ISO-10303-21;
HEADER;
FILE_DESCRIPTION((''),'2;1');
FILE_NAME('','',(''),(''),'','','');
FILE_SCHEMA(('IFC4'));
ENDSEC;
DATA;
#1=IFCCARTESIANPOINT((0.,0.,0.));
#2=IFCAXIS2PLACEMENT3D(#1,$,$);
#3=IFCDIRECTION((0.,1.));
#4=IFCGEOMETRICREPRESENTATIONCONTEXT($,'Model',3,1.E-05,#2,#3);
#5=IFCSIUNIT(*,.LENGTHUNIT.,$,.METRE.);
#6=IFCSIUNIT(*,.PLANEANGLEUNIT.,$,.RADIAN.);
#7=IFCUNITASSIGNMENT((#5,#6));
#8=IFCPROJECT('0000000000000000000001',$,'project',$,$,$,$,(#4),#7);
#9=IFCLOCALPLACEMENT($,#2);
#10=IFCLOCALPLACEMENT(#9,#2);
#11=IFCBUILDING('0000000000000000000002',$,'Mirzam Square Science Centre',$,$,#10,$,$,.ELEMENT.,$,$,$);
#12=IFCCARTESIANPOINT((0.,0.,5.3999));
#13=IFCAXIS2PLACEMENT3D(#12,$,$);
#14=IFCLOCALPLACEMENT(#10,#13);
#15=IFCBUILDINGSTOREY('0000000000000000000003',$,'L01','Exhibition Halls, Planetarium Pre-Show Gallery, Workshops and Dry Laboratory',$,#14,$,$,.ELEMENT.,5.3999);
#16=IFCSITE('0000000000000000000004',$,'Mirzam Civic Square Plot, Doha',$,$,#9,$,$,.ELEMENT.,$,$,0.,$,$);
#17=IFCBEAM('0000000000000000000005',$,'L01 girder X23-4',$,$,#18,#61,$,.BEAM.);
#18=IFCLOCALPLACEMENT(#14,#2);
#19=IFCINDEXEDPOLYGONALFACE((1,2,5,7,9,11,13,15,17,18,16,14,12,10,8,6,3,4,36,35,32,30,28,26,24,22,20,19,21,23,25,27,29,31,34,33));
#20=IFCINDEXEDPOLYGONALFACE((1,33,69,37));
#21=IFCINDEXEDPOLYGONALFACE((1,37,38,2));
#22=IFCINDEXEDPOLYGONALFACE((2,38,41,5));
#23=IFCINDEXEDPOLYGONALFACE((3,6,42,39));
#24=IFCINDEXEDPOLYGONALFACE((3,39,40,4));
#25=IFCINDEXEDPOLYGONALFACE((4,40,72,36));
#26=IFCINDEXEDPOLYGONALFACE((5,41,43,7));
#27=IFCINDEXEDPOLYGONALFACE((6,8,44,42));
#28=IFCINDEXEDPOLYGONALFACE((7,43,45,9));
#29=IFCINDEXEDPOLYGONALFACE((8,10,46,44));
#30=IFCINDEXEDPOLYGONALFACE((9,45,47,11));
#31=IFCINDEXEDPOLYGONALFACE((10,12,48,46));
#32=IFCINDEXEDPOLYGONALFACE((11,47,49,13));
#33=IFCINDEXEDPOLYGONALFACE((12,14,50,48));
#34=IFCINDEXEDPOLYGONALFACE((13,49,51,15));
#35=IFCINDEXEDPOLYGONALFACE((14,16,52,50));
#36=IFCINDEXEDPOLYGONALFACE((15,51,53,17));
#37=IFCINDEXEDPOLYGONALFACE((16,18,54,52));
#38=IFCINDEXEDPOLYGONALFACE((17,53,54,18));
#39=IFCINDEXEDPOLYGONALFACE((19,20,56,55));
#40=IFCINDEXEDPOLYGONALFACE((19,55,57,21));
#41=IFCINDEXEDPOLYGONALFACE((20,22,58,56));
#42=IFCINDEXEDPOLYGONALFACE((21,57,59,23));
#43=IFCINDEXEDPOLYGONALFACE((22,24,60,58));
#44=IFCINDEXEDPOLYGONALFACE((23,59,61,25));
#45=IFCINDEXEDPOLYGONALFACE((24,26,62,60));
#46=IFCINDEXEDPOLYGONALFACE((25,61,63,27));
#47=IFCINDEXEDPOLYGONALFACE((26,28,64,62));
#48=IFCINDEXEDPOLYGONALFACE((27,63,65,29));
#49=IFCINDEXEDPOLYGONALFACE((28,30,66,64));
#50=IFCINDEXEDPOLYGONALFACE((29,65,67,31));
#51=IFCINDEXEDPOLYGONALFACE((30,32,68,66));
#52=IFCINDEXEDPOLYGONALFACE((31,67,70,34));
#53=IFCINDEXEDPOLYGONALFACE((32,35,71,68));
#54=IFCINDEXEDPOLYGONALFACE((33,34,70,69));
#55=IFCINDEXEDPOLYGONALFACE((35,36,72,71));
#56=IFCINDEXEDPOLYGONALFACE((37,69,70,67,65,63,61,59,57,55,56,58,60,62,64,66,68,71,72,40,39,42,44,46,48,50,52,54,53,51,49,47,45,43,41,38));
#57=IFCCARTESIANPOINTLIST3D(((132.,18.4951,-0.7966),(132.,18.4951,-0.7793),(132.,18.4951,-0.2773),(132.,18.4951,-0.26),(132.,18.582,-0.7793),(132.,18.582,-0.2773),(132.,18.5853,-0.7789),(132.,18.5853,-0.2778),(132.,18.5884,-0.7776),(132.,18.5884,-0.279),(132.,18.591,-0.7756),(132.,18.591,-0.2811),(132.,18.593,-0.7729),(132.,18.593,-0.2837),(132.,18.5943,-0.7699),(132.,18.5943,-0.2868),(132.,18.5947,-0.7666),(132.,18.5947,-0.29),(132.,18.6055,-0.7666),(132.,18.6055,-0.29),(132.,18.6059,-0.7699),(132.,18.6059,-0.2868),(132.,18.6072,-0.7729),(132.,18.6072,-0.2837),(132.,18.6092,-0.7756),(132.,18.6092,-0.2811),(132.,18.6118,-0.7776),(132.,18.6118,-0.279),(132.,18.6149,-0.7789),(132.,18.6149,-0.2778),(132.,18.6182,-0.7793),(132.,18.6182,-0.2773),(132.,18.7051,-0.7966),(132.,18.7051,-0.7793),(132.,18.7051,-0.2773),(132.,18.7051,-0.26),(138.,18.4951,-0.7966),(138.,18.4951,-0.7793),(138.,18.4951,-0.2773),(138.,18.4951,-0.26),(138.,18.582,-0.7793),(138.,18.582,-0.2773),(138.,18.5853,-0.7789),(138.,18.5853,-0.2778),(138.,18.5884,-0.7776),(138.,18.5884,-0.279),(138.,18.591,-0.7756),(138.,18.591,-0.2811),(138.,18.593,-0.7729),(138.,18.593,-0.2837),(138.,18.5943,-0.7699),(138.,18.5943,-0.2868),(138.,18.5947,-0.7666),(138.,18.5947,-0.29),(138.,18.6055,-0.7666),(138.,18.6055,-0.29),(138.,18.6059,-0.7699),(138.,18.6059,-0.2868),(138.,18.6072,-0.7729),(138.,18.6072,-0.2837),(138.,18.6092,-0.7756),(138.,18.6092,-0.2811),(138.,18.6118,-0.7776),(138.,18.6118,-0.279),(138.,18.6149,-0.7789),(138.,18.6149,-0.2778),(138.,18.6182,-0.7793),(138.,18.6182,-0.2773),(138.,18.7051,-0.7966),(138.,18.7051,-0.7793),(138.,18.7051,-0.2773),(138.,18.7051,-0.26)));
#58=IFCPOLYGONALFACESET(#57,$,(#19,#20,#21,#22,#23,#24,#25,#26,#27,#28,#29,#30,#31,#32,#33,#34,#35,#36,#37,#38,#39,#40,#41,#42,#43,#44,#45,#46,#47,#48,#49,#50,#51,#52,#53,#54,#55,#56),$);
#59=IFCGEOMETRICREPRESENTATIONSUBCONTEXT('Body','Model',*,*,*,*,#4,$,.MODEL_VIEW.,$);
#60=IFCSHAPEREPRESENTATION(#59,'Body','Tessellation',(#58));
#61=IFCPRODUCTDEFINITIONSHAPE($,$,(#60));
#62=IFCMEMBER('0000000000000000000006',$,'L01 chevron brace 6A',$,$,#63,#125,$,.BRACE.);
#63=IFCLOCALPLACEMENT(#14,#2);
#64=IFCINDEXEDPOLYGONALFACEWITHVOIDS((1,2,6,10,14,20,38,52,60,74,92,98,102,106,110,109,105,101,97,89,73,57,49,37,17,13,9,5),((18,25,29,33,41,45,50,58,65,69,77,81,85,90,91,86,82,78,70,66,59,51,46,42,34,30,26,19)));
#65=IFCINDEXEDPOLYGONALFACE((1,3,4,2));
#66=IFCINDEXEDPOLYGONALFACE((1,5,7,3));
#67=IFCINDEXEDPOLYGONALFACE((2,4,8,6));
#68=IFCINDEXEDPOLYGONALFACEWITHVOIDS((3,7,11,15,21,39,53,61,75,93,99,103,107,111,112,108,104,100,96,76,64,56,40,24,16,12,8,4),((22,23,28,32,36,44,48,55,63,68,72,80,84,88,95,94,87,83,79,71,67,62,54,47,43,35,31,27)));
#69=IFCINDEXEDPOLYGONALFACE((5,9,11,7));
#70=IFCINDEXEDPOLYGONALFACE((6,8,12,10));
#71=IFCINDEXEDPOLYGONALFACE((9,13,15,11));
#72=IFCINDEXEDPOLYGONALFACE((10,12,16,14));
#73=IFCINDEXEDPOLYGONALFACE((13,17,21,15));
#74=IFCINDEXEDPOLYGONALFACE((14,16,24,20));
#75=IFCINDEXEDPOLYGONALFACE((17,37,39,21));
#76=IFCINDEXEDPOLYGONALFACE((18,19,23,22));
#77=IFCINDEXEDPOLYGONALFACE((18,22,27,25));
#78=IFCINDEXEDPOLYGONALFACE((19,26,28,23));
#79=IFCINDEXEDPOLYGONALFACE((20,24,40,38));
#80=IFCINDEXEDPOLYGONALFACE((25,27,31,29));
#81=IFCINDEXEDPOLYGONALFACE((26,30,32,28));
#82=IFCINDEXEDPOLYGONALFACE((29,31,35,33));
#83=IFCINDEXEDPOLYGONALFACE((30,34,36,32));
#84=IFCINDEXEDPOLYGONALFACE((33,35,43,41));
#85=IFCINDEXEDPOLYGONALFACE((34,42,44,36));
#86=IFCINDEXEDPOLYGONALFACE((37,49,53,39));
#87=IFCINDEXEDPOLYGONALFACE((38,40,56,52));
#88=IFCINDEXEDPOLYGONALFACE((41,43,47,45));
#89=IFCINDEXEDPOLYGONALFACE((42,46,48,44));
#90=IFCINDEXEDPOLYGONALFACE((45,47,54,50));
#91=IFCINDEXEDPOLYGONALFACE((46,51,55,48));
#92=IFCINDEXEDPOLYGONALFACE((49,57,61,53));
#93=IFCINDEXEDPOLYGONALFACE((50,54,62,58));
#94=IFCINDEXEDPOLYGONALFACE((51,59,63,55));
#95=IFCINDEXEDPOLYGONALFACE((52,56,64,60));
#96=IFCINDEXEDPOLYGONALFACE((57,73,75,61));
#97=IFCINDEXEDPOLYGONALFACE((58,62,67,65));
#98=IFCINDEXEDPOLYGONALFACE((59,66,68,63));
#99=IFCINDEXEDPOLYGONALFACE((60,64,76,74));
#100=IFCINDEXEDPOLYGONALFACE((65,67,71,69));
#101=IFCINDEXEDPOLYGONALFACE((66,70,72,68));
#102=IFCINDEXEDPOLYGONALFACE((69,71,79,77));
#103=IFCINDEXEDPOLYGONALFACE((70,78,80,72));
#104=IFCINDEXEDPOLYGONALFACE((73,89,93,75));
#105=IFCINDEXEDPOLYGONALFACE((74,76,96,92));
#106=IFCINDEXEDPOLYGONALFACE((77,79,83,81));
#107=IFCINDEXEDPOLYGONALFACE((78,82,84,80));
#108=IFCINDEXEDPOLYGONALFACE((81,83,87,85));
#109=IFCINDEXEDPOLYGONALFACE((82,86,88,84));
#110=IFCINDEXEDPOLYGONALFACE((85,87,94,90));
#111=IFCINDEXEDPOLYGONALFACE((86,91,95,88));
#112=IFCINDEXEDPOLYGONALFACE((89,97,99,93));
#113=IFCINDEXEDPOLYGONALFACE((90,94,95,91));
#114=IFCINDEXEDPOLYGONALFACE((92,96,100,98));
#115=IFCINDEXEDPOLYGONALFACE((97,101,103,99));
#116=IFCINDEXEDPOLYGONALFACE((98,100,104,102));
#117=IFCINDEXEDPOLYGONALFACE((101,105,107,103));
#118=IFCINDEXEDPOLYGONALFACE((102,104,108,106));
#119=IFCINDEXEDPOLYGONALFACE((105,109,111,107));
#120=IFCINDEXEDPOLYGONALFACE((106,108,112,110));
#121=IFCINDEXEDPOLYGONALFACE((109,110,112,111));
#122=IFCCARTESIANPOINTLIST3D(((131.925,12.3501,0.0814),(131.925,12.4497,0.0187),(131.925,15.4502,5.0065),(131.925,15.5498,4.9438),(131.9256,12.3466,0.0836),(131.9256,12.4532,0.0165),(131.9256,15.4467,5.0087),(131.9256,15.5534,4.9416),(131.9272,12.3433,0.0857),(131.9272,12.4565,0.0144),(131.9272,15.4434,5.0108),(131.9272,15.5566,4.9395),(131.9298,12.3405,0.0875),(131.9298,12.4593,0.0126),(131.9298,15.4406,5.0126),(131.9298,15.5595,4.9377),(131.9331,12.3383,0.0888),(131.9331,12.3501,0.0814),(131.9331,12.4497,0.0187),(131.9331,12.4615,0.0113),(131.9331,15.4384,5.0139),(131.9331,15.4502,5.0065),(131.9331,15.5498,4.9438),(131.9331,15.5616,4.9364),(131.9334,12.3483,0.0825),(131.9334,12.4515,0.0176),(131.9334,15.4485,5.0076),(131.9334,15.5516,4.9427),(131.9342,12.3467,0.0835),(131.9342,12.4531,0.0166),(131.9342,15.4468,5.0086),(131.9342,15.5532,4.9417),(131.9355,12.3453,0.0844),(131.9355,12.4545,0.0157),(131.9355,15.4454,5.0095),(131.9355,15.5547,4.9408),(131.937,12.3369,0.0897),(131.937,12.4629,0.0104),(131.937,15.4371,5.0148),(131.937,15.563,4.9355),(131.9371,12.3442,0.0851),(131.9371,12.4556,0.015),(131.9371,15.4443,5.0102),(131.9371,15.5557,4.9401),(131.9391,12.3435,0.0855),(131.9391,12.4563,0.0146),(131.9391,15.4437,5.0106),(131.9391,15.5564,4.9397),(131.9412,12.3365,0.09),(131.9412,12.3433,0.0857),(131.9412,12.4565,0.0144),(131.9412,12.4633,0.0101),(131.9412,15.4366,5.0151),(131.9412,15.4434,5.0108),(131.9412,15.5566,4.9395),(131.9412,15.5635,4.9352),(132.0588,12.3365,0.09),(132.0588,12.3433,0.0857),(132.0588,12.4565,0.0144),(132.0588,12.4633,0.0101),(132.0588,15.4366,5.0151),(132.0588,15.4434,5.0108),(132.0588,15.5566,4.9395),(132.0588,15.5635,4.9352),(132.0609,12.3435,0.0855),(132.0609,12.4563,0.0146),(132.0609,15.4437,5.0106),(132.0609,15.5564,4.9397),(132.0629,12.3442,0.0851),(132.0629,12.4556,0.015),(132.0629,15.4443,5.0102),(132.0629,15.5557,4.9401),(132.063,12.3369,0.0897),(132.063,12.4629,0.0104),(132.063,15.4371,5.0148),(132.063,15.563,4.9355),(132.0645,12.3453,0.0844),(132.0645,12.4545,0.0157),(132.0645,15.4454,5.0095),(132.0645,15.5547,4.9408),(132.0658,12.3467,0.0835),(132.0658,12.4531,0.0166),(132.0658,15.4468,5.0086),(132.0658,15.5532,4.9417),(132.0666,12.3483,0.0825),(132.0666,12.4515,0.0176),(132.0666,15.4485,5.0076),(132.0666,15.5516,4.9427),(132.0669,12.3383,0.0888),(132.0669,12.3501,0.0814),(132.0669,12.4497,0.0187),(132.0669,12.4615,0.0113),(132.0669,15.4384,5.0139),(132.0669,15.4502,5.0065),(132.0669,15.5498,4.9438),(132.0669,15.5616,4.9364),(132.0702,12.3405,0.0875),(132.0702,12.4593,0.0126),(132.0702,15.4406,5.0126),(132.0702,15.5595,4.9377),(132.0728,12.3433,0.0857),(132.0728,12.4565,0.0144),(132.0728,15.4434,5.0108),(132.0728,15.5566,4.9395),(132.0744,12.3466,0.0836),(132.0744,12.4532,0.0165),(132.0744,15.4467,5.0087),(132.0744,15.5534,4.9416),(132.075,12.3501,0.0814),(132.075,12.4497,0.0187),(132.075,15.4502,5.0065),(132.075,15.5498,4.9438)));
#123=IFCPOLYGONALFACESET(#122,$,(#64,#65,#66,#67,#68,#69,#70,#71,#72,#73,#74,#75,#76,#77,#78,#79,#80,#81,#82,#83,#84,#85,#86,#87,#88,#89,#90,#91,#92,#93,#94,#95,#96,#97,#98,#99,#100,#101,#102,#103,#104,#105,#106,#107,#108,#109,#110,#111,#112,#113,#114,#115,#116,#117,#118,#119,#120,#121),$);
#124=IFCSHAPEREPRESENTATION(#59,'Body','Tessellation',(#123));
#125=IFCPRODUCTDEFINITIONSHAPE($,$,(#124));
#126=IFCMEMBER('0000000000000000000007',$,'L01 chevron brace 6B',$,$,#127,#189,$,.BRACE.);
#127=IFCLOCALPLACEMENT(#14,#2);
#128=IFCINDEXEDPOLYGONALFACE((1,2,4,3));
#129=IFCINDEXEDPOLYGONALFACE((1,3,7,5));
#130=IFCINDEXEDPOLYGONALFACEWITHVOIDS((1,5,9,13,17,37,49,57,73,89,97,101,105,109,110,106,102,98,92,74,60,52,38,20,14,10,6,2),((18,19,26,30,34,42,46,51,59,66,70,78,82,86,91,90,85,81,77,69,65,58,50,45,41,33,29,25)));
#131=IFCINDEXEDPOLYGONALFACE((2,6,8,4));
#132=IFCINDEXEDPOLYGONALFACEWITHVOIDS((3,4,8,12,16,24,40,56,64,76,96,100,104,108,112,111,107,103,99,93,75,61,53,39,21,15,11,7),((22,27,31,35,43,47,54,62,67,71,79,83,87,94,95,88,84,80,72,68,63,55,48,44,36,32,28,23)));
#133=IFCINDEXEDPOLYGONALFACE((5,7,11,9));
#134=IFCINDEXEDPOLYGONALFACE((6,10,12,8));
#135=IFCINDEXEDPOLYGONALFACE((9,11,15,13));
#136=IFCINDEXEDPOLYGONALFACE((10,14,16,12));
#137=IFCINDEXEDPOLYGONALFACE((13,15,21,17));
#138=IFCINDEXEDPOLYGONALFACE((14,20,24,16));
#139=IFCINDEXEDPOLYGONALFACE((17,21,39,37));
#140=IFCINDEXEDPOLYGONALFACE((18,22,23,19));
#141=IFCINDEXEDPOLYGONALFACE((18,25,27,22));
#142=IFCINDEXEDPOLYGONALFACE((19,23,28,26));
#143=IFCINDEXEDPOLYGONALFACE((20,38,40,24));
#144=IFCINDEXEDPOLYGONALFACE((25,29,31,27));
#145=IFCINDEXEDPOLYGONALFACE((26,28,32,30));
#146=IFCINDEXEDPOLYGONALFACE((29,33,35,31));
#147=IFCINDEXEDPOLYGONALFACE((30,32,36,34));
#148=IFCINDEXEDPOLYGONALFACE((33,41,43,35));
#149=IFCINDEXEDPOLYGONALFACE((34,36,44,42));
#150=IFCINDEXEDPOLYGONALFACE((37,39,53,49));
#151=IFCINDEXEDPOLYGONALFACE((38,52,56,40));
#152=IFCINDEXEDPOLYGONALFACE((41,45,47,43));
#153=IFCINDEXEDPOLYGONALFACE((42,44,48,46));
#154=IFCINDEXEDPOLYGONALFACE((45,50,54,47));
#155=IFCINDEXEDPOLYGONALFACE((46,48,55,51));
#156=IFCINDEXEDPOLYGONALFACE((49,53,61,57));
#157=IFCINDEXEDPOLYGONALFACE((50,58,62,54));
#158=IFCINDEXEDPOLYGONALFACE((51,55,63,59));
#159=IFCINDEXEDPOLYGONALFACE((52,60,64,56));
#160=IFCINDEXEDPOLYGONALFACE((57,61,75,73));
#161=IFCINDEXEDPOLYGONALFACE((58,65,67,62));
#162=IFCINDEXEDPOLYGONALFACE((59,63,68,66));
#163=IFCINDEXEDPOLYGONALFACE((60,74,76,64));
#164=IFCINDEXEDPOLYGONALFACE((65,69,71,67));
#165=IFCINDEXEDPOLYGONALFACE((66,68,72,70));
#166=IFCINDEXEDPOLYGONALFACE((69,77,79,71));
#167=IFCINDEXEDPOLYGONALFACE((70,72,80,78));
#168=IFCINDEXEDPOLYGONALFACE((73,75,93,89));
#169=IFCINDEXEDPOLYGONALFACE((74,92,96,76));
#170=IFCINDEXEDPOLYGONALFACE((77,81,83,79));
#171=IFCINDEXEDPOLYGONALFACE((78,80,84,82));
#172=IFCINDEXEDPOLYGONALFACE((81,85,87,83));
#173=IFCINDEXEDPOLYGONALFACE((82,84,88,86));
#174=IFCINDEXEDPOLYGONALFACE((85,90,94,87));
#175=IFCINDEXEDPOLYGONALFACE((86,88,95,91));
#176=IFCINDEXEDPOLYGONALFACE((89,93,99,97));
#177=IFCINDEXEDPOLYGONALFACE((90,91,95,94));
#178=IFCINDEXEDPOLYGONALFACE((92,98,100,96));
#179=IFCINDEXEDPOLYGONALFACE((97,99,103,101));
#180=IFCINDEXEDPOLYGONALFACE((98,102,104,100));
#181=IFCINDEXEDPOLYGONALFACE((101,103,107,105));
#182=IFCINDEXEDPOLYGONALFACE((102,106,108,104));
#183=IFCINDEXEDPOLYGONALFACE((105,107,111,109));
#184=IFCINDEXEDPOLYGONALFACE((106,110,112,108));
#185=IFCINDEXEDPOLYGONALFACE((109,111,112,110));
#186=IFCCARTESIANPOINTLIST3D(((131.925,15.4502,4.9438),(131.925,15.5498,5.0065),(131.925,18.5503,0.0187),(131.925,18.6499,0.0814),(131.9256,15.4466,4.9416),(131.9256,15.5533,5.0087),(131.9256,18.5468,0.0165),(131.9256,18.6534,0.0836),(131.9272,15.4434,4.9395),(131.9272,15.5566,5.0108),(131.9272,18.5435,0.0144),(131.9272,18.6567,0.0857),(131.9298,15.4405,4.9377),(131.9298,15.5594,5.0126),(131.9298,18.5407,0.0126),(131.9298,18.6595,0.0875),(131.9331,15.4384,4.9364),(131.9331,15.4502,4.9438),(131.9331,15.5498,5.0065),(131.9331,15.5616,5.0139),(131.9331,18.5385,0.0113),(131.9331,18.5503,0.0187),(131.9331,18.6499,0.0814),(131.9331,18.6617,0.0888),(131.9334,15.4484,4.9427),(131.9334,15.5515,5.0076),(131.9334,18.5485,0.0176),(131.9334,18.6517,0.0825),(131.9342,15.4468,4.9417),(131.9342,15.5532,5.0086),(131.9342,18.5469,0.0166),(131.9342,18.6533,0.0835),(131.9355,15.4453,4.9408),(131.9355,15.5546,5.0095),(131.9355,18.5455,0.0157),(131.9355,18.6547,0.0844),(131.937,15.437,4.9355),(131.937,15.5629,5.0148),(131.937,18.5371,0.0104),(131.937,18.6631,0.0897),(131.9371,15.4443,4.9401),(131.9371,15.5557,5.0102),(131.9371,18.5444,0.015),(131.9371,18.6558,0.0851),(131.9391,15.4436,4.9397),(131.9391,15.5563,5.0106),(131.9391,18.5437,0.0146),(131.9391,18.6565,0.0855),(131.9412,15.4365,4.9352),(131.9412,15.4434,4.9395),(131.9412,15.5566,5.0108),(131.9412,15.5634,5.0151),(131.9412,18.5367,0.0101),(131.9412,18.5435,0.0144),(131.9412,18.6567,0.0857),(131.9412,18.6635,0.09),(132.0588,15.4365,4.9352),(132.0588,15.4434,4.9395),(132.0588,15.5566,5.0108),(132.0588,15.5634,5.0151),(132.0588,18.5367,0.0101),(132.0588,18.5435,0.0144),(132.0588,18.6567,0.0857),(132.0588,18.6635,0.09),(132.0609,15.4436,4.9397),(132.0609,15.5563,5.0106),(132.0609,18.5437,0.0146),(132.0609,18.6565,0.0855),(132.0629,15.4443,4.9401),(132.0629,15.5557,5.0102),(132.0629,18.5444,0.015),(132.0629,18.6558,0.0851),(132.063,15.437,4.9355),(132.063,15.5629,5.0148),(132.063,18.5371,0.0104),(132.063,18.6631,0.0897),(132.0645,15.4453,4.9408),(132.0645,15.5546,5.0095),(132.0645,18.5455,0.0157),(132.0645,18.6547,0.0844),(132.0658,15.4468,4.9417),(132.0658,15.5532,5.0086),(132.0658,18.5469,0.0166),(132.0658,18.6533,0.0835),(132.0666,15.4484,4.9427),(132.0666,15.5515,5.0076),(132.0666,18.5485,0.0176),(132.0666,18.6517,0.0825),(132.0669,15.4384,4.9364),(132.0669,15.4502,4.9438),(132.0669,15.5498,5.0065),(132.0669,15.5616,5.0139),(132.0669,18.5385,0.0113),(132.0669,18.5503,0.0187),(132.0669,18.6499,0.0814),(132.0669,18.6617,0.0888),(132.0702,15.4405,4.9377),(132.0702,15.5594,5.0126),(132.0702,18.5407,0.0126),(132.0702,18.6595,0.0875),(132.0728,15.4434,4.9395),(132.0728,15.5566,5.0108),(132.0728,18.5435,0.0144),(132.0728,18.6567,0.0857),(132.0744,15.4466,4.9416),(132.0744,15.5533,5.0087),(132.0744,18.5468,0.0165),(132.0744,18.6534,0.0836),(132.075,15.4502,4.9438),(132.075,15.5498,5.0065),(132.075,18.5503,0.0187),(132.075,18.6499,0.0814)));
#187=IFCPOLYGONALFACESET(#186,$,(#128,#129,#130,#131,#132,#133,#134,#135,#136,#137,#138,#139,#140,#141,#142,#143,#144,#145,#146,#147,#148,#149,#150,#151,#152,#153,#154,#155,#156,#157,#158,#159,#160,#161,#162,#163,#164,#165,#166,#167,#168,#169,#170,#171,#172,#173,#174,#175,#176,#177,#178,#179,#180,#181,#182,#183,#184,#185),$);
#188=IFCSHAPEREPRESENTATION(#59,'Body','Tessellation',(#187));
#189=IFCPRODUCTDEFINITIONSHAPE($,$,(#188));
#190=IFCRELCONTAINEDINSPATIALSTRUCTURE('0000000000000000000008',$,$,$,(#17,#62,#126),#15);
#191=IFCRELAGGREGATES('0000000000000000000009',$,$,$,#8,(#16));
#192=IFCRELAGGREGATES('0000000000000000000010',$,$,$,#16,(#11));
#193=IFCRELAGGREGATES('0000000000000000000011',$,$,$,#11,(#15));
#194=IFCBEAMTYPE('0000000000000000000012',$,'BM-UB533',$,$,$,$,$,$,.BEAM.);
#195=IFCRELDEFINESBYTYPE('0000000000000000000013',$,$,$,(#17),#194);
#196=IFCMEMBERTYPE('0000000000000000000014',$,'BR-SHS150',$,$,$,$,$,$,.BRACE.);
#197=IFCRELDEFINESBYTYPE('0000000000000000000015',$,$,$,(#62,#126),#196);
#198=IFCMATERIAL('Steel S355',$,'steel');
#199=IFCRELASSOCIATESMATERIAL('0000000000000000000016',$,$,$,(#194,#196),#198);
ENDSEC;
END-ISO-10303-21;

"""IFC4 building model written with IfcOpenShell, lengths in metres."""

from ifc_helpers import new_model, si_unit, direction, frame, origin, origin_2d, place, context, subcontext, project, spatial, hollow_rectangle, i_section, extrude, material, material_profile, profile_set, type_object, element, save


model = new_model("IFC4")

# Units and contexts
model_context = context("Model", 3, precision=1e-05, world=origin(), true_north=direction((0.0, 1.0)))
body_context = subcontext(model_context, "Body", "Model", "MODEL_VIEW")
ifc_project = project(units=[si_unit("LENGTHUNIT", "METRE"), si_unit("PLANEANGLEUNIT", "RADIAN")], contexts=[model_context])

# Site, building, storey
site_placement = place(None, origin())
site = spatial("IfcSite", under=ifc_project, at=site_placement, Name="Mirzam Civic Square Plot, Doha", CompositionType="ELEMENT", RefElevation=0.0)
building_placement = place(site_placement, origin())
building = spatial("IfcBuilding", under=site, at=building_placement, Name="Mirzam Square Science Centre", CompositionType="ELEMENT")
storey_placement = place(building_placement, frame((0.0, 0.0, 5.3999)))
storey = spatial("IfcBuildingStorey", under=building, at=storey_placement, Name="L01", Description="Exhibition Halls, Planetarium Pre-Show Gallery, Workshops and Dry Laboratory", CompositionType="ELEMENT", Elevation=5.3999)

# Shared definitions
ifc_material_1 = material(Name="Steel S355", Category="steel")

# Beam
ifc_material_profile_1 = material_profile(ifc_material_1, i_section(OverallWidth=0.21, OverallDepth=0.5366, WebThickness=0.0107, FlangeThickness=0.0173, FilletRadius=0.0127, at=origin_2d()), Name="533x210x101UB")
ifc_profile_set_1 = profile_set([ifc_material_profile_1], Name="Steel S355")
beam_type_1 = type_object("IfcBeamType", Name="BM-UB533", PredefinedType="BEAM", material=ifc_profile_set_1)
beam_1_placement = place(storey_placement, frame((132.0, 18.6001, -0.5283), z_axis=(1.0, 0.0, 0.0), x_axis=(0.0, 1.0, 0.0)))
element("IfcBeam", 1, at=beam_1_placement, inside=storey, type_object=beam_type_1, Name="L01 girder X23-4", PredefinedType="BEAM", context=body_context, shape_type="SweptSolid", body=[
    extrude(i_section(OverallWidth=0.21, OverallDepth=0.5366, WebThickness=0.0107, FlangeThickness=0.0173, FilletRadius=0.0127, at=origin_2d()), origin(), (0.0, 0.0, 1.0), 6.0),
])

# Members
ifc_material_profile_2 = material_profile(ifc_material_1, hollow_rectangle(XDim=0.1499, YDim=0.1499, WallThickness=0.0081, InnerFilletRadius=0.0081, OuterFilletRadius=0.0161, at=origin_2d()), Name="150x150x8.0SHS")
ifc_profile_set_2 = profile_set([ifc_material_profile_2], Name="Steel S355")
member_type_1 = type_object("IfcMemberType", Name="BR-SHS150", PredefinedType="BRACE", material=ifc_profile_set_2)
for number, where, z_axis, x_axis, name in (
    (2, (132.0, 12.3999, 0.05), (0.0, 0.532708, 0.846299), (-1.0, 0.0, 0.0), "L01 chevron brace 6A"),
    (3, (132.0, 18.6001, 0.05), (0.0, -0.532708, 0.846299), (1.0, 0.0, 0.0), "L01 chevron brace 6B"),
):
    element("IfcMember", number, at=place(storey_placement, frame(where, z_axis=z_axis, x_axis=x_axis)), inside=storey, type_object=member_type_1, Name=name, PredefinedType="BRACE", context=body_context, shape_type="SweptSolid", body=[
        extrude(hollow_rectangle(XDim=0.1499, YDim=0.1499, WallThickness=0.0081, InnerFilletRadius=0.0081, OuterFilletRadius=0.0161, at=origin_2d()), origin(), (0.0, 0.0, 1.0), 5.8196),
    ])

save(model, "model.ifc")
